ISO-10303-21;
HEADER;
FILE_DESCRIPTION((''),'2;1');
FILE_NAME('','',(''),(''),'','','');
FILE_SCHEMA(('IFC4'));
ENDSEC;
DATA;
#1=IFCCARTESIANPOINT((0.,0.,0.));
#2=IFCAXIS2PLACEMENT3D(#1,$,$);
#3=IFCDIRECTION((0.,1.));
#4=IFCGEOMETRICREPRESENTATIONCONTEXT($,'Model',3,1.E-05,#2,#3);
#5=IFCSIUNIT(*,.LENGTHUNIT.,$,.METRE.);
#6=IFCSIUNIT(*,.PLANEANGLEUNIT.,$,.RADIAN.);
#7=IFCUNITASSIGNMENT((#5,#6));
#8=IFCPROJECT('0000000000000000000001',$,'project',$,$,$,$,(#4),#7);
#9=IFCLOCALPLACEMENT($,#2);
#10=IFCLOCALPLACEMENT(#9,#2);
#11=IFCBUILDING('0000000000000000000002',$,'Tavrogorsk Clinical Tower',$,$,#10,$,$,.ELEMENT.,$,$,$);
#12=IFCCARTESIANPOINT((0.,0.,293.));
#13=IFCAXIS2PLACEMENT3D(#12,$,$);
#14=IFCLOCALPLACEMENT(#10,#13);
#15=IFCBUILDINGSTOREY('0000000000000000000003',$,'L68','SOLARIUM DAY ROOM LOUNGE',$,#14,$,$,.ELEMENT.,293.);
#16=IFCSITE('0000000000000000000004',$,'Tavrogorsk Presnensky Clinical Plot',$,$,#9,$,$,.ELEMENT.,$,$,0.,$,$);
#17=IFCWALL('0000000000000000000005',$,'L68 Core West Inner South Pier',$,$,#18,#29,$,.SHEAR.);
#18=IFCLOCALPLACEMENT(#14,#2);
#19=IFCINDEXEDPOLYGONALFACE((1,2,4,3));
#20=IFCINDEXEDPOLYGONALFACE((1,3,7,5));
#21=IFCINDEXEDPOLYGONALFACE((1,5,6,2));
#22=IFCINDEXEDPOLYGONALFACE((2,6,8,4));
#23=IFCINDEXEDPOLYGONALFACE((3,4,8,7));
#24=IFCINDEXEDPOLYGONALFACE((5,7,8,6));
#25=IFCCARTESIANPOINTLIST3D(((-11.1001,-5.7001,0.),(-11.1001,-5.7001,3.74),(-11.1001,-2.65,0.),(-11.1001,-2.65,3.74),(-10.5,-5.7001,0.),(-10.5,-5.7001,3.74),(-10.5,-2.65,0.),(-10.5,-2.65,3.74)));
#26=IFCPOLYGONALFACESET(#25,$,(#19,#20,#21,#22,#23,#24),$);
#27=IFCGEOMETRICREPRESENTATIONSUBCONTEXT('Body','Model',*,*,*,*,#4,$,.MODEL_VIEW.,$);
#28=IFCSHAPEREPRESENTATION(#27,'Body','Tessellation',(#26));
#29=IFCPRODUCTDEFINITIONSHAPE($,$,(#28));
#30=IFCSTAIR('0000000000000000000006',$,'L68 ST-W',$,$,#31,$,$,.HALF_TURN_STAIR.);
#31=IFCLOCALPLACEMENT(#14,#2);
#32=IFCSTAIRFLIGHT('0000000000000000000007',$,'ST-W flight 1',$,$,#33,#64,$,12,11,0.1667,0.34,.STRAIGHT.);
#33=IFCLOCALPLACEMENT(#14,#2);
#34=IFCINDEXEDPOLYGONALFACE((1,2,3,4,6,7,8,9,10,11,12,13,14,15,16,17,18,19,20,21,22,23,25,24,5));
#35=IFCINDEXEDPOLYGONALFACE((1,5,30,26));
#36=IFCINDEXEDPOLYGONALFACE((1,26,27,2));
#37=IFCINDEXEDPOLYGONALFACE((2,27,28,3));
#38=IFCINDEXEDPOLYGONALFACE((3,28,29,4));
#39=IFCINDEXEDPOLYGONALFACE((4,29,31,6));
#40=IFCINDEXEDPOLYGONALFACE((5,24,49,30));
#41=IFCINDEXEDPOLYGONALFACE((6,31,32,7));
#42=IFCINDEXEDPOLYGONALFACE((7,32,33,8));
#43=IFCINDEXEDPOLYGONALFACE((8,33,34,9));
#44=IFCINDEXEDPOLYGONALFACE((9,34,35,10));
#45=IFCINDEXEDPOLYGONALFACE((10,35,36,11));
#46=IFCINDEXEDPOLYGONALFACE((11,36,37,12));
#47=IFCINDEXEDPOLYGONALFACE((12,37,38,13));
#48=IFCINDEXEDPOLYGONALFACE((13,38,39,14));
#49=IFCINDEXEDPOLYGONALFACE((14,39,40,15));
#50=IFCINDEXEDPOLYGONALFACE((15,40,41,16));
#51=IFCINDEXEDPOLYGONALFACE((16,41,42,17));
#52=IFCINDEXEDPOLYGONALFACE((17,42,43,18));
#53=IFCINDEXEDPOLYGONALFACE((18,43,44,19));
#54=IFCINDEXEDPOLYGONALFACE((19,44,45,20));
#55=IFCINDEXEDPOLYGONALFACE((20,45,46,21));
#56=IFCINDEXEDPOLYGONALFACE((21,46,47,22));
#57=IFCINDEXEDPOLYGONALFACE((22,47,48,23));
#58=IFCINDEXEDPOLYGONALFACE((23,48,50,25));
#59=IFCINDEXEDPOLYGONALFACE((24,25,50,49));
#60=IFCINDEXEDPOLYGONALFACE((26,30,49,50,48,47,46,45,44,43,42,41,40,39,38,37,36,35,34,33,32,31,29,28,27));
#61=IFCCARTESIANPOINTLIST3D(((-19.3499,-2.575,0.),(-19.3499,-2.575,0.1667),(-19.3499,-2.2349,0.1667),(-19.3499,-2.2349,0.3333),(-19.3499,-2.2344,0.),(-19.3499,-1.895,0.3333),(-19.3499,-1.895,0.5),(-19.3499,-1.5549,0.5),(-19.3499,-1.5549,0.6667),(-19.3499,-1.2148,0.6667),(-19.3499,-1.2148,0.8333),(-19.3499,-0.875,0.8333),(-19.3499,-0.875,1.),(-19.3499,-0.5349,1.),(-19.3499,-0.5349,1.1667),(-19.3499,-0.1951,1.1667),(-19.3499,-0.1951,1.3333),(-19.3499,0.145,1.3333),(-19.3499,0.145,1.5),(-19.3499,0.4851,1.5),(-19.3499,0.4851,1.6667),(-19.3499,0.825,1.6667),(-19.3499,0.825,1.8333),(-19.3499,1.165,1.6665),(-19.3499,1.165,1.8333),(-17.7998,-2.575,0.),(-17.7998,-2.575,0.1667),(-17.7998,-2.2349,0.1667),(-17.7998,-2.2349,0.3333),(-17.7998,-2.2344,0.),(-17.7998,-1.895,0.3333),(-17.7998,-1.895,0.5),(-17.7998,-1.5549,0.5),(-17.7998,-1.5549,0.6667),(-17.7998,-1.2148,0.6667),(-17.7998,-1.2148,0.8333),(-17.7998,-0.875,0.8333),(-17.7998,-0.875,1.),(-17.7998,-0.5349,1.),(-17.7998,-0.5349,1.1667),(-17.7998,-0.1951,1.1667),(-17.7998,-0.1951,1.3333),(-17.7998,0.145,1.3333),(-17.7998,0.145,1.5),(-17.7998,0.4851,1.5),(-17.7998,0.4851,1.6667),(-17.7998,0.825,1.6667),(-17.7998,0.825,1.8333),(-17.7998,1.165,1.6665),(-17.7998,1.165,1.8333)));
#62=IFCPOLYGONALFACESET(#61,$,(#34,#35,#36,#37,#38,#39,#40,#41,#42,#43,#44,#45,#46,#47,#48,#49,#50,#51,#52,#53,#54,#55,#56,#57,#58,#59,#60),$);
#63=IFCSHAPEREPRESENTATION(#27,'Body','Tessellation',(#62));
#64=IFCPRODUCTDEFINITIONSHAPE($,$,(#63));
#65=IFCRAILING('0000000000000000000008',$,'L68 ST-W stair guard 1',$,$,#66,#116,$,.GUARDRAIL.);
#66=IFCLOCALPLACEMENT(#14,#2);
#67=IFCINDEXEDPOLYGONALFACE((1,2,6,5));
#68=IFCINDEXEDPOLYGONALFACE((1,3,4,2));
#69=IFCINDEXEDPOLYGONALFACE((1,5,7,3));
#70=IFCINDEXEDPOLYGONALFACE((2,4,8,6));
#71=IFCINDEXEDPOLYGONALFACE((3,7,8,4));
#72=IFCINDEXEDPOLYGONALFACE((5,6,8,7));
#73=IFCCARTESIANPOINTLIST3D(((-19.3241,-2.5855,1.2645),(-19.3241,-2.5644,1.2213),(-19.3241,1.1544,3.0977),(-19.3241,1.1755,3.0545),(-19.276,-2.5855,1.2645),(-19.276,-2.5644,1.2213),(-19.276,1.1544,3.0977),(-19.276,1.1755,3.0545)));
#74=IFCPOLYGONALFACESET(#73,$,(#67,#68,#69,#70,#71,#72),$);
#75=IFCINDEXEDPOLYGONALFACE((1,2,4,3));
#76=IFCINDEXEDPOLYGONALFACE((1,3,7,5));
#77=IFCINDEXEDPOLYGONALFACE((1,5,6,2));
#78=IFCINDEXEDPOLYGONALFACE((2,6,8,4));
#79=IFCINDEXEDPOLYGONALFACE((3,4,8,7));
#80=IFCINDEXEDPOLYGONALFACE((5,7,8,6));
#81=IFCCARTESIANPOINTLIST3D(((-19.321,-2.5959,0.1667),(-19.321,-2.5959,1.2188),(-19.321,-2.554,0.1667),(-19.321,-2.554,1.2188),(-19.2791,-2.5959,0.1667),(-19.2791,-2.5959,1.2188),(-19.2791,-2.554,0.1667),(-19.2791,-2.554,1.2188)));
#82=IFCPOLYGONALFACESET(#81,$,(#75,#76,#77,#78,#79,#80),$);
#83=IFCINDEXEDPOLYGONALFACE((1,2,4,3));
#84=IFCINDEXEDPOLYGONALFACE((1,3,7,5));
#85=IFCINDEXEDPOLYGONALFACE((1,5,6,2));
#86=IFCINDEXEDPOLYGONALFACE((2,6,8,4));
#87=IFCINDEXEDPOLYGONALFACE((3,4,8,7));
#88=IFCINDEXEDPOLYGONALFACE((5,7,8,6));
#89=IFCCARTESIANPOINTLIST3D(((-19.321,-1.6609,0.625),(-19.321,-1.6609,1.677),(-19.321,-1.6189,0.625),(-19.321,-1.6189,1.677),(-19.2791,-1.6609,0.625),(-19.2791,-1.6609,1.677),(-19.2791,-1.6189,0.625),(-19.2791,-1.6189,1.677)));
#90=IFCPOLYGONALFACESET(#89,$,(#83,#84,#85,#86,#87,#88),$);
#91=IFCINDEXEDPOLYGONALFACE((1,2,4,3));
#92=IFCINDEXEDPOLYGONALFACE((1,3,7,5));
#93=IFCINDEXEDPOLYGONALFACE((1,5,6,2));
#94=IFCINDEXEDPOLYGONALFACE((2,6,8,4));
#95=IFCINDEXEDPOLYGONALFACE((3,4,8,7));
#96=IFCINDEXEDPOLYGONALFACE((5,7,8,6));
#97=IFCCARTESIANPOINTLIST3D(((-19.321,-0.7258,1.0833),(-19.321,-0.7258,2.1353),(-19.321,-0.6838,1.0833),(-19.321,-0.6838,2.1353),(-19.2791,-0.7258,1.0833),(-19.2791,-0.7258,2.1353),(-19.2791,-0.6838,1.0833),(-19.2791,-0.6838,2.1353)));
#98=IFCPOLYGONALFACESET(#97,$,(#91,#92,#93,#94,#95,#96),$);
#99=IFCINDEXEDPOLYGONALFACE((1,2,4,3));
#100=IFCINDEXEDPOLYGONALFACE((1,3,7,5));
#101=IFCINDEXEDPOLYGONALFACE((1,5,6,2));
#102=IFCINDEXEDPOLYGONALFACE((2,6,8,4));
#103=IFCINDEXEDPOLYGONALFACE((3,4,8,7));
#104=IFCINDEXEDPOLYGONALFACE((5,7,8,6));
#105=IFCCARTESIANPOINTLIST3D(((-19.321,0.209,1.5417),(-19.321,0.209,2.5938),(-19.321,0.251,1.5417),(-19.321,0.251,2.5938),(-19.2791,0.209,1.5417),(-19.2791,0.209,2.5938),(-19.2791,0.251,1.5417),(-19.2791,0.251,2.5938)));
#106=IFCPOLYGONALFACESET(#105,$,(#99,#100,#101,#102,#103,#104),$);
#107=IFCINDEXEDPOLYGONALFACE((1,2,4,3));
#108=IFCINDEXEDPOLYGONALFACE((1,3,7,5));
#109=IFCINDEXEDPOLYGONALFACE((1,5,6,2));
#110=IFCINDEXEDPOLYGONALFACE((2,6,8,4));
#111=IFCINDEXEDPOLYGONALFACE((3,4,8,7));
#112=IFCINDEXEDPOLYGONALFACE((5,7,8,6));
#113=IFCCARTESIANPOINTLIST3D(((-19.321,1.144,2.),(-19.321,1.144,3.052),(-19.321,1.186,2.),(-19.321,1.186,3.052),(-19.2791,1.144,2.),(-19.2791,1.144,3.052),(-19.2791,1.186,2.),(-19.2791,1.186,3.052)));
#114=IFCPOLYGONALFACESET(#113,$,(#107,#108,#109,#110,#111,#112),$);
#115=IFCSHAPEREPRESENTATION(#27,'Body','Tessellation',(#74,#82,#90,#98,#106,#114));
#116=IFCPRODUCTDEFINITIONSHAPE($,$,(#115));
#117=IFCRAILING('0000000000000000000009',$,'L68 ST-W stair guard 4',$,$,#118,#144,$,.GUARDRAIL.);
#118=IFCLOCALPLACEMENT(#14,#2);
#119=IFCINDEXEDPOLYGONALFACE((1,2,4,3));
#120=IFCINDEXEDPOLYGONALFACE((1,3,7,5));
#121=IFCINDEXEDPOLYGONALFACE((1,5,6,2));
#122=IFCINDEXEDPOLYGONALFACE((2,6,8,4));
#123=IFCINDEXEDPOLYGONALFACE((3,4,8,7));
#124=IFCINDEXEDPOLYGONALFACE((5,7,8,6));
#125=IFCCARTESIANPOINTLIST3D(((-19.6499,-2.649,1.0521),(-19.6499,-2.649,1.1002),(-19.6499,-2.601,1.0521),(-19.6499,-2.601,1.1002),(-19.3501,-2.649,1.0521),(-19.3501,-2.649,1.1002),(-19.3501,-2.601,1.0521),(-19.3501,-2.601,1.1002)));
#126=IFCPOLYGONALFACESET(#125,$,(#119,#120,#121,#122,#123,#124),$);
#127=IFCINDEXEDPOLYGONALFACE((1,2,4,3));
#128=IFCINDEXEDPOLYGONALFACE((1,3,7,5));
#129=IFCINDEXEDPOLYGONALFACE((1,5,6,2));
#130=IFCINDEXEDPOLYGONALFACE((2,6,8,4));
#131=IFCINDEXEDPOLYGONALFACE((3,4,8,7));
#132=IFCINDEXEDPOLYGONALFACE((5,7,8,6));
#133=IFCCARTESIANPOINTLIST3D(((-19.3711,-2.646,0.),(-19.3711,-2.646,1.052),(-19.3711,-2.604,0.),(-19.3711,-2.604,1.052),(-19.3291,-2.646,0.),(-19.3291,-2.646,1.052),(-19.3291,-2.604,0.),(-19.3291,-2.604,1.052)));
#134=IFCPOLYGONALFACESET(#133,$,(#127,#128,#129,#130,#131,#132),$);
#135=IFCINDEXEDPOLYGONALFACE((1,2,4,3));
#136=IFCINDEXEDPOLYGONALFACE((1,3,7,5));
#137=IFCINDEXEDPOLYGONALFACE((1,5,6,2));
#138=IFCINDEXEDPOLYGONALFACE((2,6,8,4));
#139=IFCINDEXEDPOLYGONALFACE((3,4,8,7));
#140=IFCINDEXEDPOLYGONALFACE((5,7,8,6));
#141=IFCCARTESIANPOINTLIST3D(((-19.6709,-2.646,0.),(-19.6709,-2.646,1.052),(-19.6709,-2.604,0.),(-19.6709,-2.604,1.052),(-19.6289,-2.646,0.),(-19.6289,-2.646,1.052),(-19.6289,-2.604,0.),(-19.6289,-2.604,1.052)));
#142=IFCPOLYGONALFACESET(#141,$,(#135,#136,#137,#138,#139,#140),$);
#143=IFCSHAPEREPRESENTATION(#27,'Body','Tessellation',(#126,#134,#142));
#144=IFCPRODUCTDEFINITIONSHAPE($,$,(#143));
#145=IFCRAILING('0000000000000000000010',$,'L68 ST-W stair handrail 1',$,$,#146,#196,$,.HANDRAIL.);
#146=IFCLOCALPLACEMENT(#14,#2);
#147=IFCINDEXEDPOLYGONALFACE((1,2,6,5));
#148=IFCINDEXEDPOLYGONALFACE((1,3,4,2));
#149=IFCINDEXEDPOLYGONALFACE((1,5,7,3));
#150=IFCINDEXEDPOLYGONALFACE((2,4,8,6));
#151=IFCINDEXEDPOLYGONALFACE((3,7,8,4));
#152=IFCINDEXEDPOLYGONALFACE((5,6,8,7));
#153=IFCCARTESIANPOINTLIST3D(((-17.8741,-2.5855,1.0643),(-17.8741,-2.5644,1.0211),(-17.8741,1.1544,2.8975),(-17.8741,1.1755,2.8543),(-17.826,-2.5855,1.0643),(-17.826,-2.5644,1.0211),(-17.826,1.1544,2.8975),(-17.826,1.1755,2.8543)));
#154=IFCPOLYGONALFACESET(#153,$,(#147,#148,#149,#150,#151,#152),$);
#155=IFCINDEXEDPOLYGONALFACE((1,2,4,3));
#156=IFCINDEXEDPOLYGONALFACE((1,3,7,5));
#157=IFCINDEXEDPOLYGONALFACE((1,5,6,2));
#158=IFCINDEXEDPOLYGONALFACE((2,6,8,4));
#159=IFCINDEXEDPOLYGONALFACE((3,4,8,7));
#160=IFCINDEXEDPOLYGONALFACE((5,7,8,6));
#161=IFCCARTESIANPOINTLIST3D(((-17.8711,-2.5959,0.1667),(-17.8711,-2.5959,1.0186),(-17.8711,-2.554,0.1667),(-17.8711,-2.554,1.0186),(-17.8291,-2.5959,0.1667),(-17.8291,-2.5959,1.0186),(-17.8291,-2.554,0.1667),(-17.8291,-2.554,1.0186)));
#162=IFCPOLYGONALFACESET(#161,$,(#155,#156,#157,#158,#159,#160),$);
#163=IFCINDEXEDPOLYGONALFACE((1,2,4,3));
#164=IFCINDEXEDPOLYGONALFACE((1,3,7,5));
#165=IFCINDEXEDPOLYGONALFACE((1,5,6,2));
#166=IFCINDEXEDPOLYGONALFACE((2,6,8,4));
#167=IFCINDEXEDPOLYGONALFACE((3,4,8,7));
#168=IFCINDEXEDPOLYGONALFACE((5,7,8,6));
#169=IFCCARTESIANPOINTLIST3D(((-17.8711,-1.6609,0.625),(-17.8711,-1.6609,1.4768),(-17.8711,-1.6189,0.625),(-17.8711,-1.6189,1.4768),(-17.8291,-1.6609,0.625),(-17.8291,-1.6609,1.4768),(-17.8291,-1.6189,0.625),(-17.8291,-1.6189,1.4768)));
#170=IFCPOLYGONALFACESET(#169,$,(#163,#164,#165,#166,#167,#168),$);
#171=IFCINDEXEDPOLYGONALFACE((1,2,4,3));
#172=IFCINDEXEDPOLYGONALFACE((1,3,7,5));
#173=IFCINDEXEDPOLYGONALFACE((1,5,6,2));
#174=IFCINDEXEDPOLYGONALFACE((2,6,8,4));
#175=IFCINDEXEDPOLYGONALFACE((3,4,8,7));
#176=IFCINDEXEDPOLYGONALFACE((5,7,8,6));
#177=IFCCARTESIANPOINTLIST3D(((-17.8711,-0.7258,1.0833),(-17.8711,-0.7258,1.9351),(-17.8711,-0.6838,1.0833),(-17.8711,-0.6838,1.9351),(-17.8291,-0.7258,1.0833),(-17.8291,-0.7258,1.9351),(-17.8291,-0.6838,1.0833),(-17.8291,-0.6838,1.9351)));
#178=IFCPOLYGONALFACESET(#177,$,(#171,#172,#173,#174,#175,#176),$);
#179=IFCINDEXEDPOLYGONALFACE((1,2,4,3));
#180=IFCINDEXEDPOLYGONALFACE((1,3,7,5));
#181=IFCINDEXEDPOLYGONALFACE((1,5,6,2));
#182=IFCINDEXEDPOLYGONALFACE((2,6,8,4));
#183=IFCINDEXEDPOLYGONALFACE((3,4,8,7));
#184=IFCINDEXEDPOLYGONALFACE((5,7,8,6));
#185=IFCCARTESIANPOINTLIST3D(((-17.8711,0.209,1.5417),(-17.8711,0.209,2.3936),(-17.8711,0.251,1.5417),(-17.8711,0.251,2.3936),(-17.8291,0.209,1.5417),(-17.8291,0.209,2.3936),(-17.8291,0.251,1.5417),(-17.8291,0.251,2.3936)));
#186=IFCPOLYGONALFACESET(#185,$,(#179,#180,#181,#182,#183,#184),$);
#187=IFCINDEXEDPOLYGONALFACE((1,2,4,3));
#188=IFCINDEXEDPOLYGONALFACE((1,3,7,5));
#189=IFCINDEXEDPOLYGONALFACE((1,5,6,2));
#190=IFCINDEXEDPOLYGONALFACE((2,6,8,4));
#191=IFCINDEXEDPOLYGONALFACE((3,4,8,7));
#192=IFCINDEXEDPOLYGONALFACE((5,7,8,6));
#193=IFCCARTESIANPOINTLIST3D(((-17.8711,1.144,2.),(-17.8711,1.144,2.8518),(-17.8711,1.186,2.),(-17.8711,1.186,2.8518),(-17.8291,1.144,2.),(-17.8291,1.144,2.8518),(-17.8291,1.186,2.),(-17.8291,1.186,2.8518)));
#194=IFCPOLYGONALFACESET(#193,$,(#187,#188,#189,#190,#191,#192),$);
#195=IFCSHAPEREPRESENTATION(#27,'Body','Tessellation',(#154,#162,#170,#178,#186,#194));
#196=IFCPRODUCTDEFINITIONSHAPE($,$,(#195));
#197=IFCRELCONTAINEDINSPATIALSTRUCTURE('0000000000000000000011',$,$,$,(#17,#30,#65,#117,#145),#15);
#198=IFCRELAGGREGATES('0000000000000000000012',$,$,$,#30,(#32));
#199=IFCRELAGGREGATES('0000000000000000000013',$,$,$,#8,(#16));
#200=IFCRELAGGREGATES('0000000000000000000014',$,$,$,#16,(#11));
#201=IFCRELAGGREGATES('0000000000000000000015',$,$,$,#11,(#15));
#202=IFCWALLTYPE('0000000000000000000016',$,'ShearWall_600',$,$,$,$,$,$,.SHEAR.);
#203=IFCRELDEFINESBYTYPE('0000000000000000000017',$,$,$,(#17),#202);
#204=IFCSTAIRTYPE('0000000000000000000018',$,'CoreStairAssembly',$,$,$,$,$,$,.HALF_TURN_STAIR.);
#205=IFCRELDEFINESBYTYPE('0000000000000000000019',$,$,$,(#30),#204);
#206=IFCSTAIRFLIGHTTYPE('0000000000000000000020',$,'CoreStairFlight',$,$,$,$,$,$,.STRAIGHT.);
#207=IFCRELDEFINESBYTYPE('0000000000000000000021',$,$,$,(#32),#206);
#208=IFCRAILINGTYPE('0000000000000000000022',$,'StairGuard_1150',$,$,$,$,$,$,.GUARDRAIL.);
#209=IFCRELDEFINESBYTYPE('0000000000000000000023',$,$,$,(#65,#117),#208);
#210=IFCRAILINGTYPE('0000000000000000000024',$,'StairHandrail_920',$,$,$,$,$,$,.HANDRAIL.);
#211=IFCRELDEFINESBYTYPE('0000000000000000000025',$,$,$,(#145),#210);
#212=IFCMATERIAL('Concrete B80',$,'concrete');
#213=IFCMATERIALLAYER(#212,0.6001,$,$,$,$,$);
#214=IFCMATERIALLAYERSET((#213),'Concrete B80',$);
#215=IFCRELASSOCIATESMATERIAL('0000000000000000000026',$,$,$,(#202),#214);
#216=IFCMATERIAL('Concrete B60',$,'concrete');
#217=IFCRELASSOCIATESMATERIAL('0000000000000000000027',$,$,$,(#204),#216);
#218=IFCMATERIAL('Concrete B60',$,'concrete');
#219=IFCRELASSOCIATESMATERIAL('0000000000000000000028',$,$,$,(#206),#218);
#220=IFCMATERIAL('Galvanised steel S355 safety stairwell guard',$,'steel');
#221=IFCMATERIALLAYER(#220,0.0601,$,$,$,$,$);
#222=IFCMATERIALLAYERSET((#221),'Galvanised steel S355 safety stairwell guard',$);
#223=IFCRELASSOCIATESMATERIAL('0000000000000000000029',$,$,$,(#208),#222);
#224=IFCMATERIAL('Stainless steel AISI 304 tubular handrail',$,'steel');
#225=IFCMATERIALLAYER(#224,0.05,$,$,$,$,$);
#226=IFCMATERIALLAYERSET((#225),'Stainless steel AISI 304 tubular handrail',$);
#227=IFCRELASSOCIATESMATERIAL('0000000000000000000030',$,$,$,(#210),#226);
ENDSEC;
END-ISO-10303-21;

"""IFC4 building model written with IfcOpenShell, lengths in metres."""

from ifc_helpers import new_model, si_unit, direction, frame, frame_2d, origin, origin_2d, place, context, subcontext, project, spatial, polyline, rectangle, outline, extrude, material, layer, layer_set, type_object, element, aggregate, save


model = new_model("IFC4")

# Units and contexts
model_context = context("Model", 3, precision=1e-05, world=origin(), true_north=direction((0.0, 1.0)))
body_context = subcontext(model_context, "Body", "Model", "MODEL_VIEW")
ifc_project = project(units=[si_unit("LENGTHUNIT", "METRE"), si_unit("PLANEANGLEUNIT", "RADIAN")], contexts=[model_context])

# Site, building, storey
site_placement = place(None, origin())
site = spatial("IfcSite", under=ifc_project, at=site_placement, Name="Tavrogorsk Presnensky Clinical Plot", CompositionType="ELEMENT", RefElevation=0.0)
building_placement = place(site_placement, origin())
building = spatial("IfcBuilding", under=site, at=building_placement, Name="Tavrogorsk Clinical Tower", CompositionType="ELEMENT")
storey_placement = place(building_placement, frame((0.0, 0.0, 293.0)))
storey = spatial("IfcBuildingStorey", under=building, at=storey_placement, Name="L68", Description="SOLARIUM DAY ROOM LOUNGE", CompositionType="ELEMENT", Elevation=293.0)

# Wall
ifc_material_1 = material(Name="Concrete B80", Category="concrete")
ifc_layer_1 = layer(ifc_material_1, 0.6001)
ifc_layer_set_1 = layer_set([ifc_layer_1], Name="Concrete B80")
wall_type_1 = type_object("IfcWallType", Name="ShearWall_600", PredefinedType="SHEAR", material=ifc_layer_set_1)
wall_1_placement = place(storey_placement, frame((-10.8, -5.7, 0.0), z_axis=(0.0, 0.0, 1.0), x_axis=(0.0, 1.0, 0.0)))
element("IfcWall", 1, at=wall_1_placement, inside=storey, type_object=wall_type_1, Name="L68 Core West Inner South Pier", PredefinedType="SHEAR", context=body_context, shape_type="SweptSolid", body=[
    extrude(rectangle(XDim=3.05, YDim=0.6001, at=frame_2d((1.5249, 0.0))), origin(), (0.0, 0.0, 1.0), 3.74),
])

# Stair, stair flight
ifc_material_2 = material(Name="Concrete B60", Category="concrete")
stair_type = type_object("IfcStairType", Name="CoreStairAssembly", PredefinedType="HALF_TURN_STAIR", material=ifc_material_2)
stair_placement = place(storey_placement, origin())
stair = element("IfcStair", 2, at=stair_placement, inside=storey, type_object=stair_type, Name="L68 ST-W", PredefinedType="HALF_TURN_STAIR")
ifc_material_3 = material(Name="Concrete B60", Category="concrete")
stair_flight_type = type_object("IfcStairFlightType", Name="CoreStairFlight", PredefinedType="STRAIGHT", material=ifc_material_3)
stair_flight_placement = place(storey_placement, frame((-18.575, -2.575, 0.0), z_axis=(0.0, 0.0, 1.0), x_axis=(0.0, 1.0, 0.0)))
stair_flight = element("IfcStairFlight", 3, at=stair_flight_placement, type_object=stair_flight_type, Name="ST-W flight 1", NumberOfRisers=12, NumberOfTreads=11, PredefinedType="STRAIGHT", RiserHeight=0.1667, TreadLength=0.34, context=body_context, shape_type="SweptSolid", body=[
    extrude(outline(polyline([(0.0, 0.0), (0.0, 0.1667), (0.3401, 0.1667), (0.3401, 0.3333), (0.6799, 0.3333), (0.6799, 0.5), (1.02, 0.5), (1.02, 0.6667), (1.3601, 0.6667), (1.3601, 0.8333), (1.7, 0.8333), (1.7, 1.0), (2.04, 1.0), (2.04, 1.1667), (2.3799, 1.1667), (2.3799, 1.3333), (2.72, 1.3333), (2.72, 1.5), (3.0601, 1.5), (3.0601, 1.6667), (3.3999, 1.6667), (3.3999, 1.8333), (3.74, 1.8333), (3.74, 2.0), (3.74, 1.6665), (0.3406, 0.0), (0.0, 0.0)])), frame((0.0, 0.7749, 0.0), z_axis=(0.0, -1.0, 0.0), x_axis=(1.0, 0.0, 0.0)), (0.0, 0.0, 1.0), 1.55),
])
aggregate(stair, [stair_flight])

# Railings
ifc_material_4 = material(Name="Galvanised steel S355 safety stairwell guard", Category="steel")
ifc_layer_2 = layer(ifc_material_4, 0.0601)
ifc_layer_set_2 = layer_set([ifc_layer_2], Name="Galvanised steel S355 safety stairwell guard")
railing_type_1 = type_object("IfcRailingType", Name="StairGuard_1150", PredefinedType="GUARDRAIL", material=ifc_layer_set_2)
railing_1_placement = place(storey_placement, frame((-19.3, -2.575, 0.1667)))
element("IfcRailing", 4, at=railing_1_placement, inside=storey, type_object=railing_type_1, Name="L68 ST-W stair guard 1", PredefinedType="GUARDRAIL", context=body_context, shape_type="SweptSolid", body=[
    extrude(rectangle(XDim=0.0481, YDim=0.0481, at=origin_2d()), frame((0.0, 0.0, 1.0762), z_axis=(0.0, 0.897928, 0.440142), x_axis=(-1.0, 0.0, 0.0)), (0.0, 0.0, 1.0), 4.165),
    extrude(rectangle(XDim=0.042, YDim=0.042, at=origin_2d()), origin(), (0.0, 0.0, 1.0), 1.052),
    extrude(rectangle(XDim=0.042, YDim=0.042, at=origin_2d()), frame((0.0, 0.9351, 0.4583)), (0.0, 0.0, 1.0), 1.052),
    extrude(rectangle(XDim=0.042, YDim=0.042, at=origin_2d()), frame((0.0, 1.8701, 0.9165)), (0.0, 0.0, 1.0), 1.052),
    extrude(rectangle(XDim=0.042, YDim=0.042, at=origin_2d()), frame((0.0, 2.8049, 1.375)), (0.0, 0.0, 1.0), 1.052),
    extrude(rectangle(XDim=0.042, YDim=0.042, at=origin_2d()), frame((0.0, 3.74, 1.8333)), (0.0, 0.0, 1.0), 1.052),
])
railing_2_placement = place(storey_placement, frame((-19.3501, -2.625, 0.0)))
element("IfcRailing", 5, at=railing_2_placement, inside=storey, type_object=railing_type_1, Name="L68 ST-W stair guard 4", PredefinedType="GUARDRAIL", context=body_context, shape_type="SweptSolid", body=[
    extrude(rectangle(XDim=0.0481, YDim=0.0481, at=origin_2d()), frame((0.0, 0.0, 1.0762), z_axis=(-1.0, 0.0, 0.0), x_axis=(0.0, -1.0, 0.0)), (0.0, 0.0, 1.0), 0.2998),
    extrude(rectangle(XDim=0.042, YDim=0.042, at=origin_2d()), origin(), (0.0, 0.0, 1.0), 1.052),
    extrude(rectangle(XDim=0.042, YDim=0.042, at=origin_2d()), frame((-0.2998, 0.0, 0.0)), (0.0, 0.0, 1.0), 1.052),
])
ifc_material_5 = material(Name="Stainless steel AISI 304 tubular handrail", Category="steel")
ifc_layer_3 = layer(ifc_material_5, 0.05)
ifc_layer_set_3 = layer_set([ifc_layer_3], Name="Stainless steel AISI 304 tubular handrail")
railing_type_2 = type_object("IfcRailingType", Name="StairHandrail_920", PredefinedType="HANDRAIL", material=ifc_layer_set_3)
railing_3_placement = place(storey_placement, frame((-17.8501, -2.575, 0.1667)))
element("IfcRailing", 6, at=railing_3_placement, inside=storey, type_object=railing_type_2, Name="L68 ST-W stair handrail 1", PredefinedType="HANDRAIL", context=body_context, shape_type="SweptSolid", body=[
    extrude(rectangle(XDim=0.0481, YDim=0.0481, at=origin_2d()), frame((0.0, 0.0, 0.876), z_axis=(0.0, 0.897928, 0.440142), x_axis=(-1.0, 0.0, 0.0)), (0.0, 0.0, 1.0), 4.165),
    extrude(rectangle(XDim=0.042, YDim=0.042, at=origin_2d()), origin(), (0.0, 0.0, 1.0), 0.8518),
    extrude(rectangle(XDim=0.042, YDim=0.042, at=origin_2d()), frame((0.0, 0.9351, 0.4583)), (0.0, 0.0, 1.0), 0.8518),
    extrude(rectangle(XDim=0.042, YDim=0.042, at=origin_2d()), frame((0.0, 1.8701, 0.9165)), (0.0, 0.0, 1.0), 0.8518),
    extrude(rectangle(XDim=0.042, YDim=0.042, at=origin_2d()), frame((0.0, 2.8049, 1.375)), (0.0, 0.0, 1.0), 0.8518),
    extrude(rectangle(XDim=0.042, YDim=0.042, at=origin_2d()), frame((0.0, 3.74, 1.8333)), (0.0, 0.0, 1.0), 0.8518),
])

save(model, "model.ifc")
